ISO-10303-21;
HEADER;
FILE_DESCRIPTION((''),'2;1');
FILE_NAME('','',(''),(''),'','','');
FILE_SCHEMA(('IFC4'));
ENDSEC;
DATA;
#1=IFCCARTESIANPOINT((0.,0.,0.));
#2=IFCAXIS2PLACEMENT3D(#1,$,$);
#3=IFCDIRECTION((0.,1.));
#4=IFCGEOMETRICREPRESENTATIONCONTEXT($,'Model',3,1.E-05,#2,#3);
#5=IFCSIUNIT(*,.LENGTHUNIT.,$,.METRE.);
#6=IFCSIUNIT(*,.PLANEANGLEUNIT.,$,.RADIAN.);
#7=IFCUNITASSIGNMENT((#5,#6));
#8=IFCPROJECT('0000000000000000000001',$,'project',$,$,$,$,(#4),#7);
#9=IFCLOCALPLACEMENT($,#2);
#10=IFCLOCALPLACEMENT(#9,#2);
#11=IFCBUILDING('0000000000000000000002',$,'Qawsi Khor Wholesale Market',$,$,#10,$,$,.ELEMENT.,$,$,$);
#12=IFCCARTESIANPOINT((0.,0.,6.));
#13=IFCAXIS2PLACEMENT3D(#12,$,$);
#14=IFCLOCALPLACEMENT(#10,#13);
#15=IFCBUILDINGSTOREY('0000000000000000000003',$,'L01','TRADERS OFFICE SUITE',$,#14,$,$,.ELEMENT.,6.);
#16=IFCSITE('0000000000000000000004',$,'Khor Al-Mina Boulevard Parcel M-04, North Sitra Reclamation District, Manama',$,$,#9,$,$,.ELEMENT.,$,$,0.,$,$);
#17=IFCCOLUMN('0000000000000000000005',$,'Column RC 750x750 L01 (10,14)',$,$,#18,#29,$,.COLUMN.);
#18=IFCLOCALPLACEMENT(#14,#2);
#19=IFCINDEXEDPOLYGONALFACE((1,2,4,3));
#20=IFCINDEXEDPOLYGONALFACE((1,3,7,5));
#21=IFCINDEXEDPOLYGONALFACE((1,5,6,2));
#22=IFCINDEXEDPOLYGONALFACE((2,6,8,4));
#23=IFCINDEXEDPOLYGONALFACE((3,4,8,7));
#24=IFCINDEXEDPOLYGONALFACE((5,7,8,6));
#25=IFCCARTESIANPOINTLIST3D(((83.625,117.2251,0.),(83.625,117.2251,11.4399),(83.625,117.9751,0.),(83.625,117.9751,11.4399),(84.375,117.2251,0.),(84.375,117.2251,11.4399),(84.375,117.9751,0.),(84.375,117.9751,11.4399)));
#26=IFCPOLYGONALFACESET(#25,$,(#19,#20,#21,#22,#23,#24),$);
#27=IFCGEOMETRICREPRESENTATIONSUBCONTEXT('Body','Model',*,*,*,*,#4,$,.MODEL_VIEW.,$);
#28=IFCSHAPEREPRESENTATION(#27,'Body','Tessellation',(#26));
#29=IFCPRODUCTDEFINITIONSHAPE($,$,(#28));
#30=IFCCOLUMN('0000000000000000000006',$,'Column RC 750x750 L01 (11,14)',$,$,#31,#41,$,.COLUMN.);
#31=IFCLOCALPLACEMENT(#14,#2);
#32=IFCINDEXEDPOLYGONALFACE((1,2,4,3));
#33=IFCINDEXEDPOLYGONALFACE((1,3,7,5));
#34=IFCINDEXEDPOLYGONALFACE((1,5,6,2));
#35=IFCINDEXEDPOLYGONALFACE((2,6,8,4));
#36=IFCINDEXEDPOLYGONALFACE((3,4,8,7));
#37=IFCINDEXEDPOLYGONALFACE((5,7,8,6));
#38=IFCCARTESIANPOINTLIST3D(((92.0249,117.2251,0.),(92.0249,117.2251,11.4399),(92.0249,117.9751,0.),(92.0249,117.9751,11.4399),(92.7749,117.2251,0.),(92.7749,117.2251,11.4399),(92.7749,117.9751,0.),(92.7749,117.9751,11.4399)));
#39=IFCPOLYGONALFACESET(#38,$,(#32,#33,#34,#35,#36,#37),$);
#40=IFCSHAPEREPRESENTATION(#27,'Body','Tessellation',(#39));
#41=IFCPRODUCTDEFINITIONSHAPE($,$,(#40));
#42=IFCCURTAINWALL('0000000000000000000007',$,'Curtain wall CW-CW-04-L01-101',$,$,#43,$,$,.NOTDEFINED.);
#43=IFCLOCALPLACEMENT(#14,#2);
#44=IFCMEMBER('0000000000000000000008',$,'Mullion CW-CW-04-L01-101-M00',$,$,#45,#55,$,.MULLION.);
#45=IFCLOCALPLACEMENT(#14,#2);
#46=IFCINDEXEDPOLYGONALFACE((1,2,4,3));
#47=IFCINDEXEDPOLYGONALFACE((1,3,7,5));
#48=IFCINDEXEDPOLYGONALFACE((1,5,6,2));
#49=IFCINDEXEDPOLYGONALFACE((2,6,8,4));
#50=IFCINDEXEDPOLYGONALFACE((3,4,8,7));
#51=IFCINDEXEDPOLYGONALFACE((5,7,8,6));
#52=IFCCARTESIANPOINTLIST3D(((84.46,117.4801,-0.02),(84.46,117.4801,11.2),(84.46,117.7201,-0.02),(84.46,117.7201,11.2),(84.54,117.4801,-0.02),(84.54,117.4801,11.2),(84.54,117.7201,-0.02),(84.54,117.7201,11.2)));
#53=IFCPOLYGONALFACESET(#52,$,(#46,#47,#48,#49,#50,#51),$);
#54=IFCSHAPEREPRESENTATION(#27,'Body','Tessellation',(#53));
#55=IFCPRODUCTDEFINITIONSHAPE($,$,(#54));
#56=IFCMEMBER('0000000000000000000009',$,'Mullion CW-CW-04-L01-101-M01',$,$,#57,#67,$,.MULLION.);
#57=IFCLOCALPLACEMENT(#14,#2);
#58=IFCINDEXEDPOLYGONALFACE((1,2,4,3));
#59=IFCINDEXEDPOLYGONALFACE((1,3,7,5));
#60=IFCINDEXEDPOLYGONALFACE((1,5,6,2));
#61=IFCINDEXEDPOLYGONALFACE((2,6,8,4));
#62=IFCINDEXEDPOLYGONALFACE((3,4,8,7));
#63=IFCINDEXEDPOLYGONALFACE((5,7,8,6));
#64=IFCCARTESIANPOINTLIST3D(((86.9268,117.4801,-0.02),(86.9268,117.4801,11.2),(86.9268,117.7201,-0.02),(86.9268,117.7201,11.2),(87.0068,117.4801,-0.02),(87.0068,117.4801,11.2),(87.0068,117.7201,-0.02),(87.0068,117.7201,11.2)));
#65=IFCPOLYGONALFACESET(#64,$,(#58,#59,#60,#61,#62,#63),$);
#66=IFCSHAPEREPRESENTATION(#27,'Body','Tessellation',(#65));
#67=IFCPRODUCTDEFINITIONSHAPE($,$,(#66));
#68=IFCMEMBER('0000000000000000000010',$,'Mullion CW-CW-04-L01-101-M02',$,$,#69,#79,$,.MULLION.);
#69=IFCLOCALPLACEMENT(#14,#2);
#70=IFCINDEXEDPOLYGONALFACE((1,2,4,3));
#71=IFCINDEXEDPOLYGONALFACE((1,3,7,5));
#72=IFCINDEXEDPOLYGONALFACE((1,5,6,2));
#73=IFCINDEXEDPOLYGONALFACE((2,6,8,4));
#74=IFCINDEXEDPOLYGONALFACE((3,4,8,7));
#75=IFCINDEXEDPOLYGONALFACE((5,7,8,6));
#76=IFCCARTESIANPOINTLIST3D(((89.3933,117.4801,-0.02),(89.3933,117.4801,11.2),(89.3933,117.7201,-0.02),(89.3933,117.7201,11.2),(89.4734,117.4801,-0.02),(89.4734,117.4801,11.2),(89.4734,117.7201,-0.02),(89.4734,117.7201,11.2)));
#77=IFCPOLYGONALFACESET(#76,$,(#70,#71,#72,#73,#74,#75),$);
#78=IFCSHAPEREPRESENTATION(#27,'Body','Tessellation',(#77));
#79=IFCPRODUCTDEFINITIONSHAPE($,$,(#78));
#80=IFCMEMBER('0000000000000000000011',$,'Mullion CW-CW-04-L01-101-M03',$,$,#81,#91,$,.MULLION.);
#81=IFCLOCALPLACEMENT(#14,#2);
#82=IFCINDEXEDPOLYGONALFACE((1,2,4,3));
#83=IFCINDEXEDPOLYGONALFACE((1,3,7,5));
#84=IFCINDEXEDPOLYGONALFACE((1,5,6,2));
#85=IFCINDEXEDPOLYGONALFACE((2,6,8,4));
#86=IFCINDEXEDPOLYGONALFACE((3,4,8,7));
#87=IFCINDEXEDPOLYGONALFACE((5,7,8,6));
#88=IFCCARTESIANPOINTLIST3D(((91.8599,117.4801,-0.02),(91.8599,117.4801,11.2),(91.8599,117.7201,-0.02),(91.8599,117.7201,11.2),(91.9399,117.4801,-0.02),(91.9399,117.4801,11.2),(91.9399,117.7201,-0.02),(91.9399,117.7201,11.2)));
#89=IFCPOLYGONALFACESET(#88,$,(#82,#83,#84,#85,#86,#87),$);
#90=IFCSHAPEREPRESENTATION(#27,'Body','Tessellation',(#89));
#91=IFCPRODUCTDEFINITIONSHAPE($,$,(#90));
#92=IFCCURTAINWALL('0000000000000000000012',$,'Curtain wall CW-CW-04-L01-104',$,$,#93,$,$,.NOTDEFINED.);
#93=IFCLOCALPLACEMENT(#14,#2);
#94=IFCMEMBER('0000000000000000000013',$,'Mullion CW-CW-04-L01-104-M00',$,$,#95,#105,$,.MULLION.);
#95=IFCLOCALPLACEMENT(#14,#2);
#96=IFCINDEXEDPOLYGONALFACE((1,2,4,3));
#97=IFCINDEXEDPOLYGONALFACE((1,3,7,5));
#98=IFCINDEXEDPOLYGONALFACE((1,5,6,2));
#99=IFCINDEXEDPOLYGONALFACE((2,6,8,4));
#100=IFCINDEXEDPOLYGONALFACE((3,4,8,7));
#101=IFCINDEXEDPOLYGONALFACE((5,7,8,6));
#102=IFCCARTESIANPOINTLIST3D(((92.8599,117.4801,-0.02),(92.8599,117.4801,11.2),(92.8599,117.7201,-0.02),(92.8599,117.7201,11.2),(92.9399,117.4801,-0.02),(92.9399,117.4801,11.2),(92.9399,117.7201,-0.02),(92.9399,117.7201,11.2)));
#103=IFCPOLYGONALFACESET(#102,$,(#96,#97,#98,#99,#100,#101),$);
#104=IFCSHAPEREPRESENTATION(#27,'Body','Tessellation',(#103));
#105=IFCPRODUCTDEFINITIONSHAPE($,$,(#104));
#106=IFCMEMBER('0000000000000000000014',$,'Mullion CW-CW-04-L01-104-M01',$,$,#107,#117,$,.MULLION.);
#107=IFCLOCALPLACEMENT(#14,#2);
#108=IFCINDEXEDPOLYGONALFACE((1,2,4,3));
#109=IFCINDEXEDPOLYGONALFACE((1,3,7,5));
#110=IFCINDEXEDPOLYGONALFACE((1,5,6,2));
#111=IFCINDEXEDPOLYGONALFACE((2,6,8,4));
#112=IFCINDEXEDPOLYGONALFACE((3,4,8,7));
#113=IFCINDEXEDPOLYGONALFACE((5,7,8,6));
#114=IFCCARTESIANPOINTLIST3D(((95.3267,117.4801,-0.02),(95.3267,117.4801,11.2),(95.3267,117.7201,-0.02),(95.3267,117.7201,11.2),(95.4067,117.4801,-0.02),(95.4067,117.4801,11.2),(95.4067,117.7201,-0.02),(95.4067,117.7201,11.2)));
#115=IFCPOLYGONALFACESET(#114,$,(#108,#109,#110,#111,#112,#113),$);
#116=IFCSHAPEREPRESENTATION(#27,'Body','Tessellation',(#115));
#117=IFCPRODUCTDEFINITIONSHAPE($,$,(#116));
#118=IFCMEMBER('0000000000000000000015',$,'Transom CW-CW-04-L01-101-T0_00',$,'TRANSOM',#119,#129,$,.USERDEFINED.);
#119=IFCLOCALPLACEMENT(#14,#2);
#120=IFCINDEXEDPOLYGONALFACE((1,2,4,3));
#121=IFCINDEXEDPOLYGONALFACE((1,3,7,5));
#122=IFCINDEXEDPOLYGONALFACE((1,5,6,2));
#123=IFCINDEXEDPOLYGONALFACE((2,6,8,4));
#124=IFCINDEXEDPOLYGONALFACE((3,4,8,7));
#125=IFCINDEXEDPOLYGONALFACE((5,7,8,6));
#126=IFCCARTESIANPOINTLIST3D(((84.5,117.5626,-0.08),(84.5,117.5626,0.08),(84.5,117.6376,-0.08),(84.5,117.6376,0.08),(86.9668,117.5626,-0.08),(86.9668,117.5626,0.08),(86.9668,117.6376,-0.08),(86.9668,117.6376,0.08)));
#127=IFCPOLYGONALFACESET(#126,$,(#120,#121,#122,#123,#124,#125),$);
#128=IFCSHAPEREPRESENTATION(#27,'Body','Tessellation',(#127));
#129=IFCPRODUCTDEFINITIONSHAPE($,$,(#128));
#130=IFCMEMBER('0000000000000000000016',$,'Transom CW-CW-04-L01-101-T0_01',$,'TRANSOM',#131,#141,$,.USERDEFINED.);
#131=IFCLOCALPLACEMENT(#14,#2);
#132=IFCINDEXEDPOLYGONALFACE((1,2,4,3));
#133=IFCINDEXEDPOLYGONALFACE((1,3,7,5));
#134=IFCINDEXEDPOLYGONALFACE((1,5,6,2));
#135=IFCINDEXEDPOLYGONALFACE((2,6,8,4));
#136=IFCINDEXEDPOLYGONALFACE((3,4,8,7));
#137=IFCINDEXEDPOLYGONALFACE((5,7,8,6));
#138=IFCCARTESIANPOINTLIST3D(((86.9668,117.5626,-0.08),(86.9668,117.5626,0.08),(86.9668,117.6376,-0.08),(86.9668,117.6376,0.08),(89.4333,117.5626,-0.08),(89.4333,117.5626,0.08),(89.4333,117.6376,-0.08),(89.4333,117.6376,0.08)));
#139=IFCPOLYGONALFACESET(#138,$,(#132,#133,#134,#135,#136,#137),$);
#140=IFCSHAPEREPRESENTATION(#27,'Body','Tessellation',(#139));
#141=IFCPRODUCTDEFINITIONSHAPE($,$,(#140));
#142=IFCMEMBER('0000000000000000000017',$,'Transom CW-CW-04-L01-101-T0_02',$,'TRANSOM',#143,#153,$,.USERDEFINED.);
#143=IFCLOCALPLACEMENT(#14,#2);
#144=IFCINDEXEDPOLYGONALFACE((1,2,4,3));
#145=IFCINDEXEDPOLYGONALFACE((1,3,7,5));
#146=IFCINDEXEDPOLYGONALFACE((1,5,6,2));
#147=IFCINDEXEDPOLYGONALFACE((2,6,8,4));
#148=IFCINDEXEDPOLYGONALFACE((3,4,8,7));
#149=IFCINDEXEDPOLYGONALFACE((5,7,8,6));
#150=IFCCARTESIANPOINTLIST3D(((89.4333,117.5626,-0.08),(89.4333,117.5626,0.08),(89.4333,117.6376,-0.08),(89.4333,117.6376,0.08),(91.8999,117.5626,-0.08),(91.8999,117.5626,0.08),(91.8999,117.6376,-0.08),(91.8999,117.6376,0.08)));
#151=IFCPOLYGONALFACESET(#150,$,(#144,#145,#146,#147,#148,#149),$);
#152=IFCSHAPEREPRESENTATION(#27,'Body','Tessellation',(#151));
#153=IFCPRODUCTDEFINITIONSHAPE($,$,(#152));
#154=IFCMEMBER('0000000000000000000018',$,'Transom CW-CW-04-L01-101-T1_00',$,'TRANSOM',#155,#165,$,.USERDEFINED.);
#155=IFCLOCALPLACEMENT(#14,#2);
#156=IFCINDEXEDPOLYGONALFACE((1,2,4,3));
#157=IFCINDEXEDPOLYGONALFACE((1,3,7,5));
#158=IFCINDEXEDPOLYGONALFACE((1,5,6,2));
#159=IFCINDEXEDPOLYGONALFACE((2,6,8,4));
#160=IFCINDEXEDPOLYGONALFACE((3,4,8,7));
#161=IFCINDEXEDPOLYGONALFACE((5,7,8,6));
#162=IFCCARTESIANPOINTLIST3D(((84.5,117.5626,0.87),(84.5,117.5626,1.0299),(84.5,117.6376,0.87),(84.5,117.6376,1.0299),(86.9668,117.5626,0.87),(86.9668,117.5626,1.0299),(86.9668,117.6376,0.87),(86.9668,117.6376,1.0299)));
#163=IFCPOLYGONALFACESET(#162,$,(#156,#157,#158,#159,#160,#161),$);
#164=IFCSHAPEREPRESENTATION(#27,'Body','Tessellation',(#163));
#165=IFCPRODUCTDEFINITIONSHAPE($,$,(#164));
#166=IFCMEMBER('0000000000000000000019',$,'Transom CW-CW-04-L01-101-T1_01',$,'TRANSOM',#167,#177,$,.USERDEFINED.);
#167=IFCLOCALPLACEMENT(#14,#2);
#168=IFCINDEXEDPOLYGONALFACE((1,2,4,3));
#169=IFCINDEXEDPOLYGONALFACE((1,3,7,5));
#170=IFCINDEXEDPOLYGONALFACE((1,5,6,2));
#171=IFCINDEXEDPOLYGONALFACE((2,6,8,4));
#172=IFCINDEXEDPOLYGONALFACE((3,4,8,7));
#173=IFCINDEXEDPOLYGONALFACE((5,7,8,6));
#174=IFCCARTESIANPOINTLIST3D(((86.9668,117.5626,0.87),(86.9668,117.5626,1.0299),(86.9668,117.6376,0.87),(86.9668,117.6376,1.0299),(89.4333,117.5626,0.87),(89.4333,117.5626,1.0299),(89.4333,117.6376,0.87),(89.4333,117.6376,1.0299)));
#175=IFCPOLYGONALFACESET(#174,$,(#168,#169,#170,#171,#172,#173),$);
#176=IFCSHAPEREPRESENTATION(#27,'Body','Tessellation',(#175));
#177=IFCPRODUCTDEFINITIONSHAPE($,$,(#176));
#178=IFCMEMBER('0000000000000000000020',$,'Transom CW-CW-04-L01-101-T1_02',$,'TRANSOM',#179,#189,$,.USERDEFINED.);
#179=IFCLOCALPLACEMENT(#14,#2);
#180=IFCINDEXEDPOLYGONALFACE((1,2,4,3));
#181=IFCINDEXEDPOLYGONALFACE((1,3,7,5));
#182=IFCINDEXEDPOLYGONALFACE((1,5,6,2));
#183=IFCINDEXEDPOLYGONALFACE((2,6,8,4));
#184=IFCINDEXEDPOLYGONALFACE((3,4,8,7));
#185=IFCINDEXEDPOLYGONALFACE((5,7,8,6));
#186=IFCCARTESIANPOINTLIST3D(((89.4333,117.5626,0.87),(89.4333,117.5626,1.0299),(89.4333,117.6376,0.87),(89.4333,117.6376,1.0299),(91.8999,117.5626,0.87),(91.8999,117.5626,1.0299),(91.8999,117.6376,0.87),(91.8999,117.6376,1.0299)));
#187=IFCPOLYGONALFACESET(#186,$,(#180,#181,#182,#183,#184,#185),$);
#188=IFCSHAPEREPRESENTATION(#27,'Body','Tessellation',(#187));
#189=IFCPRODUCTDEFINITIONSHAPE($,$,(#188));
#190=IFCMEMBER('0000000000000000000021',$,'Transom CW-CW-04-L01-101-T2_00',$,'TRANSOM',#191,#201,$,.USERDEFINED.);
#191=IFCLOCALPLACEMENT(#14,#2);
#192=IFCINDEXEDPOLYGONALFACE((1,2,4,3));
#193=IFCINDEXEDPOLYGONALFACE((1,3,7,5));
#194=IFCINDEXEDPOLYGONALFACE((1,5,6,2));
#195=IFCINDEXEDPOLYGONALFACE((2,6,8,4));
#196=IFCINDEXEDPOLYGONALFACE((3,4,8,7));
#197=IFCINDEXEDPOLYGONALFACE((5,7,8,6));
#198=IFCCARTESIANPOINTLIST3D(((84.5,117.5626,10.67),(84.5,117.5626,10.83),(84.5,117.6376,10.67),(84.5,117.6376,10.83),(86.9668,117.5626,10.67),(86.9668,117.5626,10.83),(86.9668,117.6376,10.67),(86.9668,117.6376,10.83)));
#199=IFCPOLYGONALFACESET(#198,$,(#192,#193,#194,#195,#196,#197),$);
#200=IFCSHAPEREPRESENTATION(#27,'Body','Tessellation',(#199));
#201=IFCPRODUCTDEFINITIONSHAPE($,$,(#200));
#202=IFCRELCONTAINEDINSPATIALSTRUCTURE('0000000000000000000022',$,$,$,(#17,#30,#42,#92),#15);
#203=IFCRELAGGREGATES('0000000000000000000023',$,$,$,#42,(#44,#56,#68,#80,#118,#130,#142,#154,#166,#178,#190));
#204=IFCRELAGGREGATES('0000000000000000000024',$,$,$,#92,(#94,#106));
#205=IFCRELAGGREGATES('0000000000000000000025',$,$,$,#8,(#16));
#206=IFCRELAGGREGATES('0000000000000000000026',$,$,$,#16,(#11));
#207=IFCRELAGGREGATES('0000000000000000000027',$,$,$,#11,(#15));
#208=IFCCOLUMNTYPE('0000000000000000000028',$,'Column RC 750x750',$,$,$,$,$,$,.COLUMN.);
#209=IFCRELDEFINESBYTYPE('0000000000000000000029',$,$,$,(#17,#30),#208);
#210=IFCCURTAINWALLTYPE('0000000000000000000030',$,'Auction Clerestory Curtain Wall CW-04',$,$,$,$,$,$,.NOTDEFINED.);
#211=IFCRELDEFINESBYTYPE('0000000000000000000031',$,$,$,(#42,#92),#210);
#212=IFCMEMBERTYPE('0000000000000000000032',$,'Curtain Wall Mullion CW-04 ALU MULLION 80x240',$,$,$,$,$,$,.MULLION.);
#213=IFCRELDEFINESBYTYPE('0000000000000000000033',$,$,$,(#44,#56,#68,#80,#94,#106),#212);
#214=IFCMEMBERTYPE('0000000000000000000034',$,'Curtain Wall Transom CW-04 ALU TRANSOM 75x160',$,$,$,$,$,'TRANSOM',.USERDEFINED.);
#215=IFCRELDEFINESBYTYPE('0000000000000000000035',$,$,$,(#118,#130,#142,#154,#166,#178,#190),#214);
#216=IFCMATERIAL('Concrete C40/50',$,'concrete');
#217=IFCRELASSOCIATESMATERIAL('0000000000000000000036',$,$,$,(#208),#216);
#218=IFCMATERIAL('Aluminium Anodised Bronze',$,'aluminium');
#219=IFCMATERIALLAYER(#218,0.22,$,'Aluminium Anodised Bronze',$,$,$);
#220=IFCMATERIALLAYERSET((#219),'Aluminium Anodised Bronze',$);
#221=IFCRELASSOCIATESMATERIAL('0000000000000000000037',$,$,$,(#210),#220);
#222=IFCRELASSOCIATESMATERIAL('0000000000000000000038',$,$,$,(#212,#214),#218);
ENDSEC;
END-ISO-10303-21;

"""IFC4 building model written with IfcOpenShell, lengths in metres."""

from ifc_helpers import new_model, si_unit, direction, frame, origin, origin_2d, place, context, subcontext, project, spatial, rectangle, extrude, material, layer, layer_set, material_profile, profile_set, type_object, element, aggregate, save


model = new_model("IFC4")

# Units and contexts
model_context = context("Model", 3, precision=1e-05, world=origin(), true_north=direction((0.0, 1.0)))
body_context = subcontext(model_context, "Body", "Model", "MODEL_VIEW")
ifc_project = project(units=[si_unit("LENGTHUNIT", "METRE"), si_unit("PLANEANGLEUNIT", "RADIAN")], contexts=[model_context])

# Site, building, storey
site_placement = place(None, origin())
site = spatial("IfcSite", under=ifc_project, at=site_placement, Name="Khor Al-Mina Boulevard Parcel M-04, North Sitra Reclamation District, Manama", CompositionType="ELEMENT", RefElevation=0.0)
building_placement = place(site_placement, origin())
building = spatial("IfcBuilding", under=site, at=building_placement, Name="Qawsi Khor Wholesale Market", CompositionType="ELEMENT")
storey_placement = place(building_placement, frame((0.0, 0.0, 6.0)))
storey = spatial("IfcBuildingStorey", under=building, at=storey_placement, Name="L01", Description="TRADERS OFFICE SUITE", CompositionType="ELEMENT", Elevation=6.0)

# Columns
ifc_material_1 = material(Name="Concrete C40/50", Category="concrete")
ifc_material_profile_1 = material_profile(ifc_material_1, rectangle(XDim=0.75, YDim=0.75, at=origin_2d()), Name="RC 750x750")
ifc_profile_set_1 = profile_set([ifc_material_profile_1], Name="Concrete C40/50")
column_type = type_object("IfcColumnType", Name="Column RC 750x750", PredefinedType="COLUMN", material=ifc_profile_set_1)
for number, where, z_axis, x_axis, name in (
    (1, (84.0, 117.6001, 0.0), (0.0, 0.0, 1.0), (1.0, 0.0, 0.0), "Column RC 750x750 L01 (10,14)"),
    (2, (92.3999, 117.6001, 0.0), (0.0, 0.0, 1.0), (1.0, 0.0, 0.0), "Column RC 750x750 L01 (11,14)"),
):
    element("IfcColumn", number, at=place(storey_placement, frame(where, z_axis=z_axis, x_axis=x_axis)), inside=storey, type_object=column_type, Name=name, PredefinedType="COLUMN", context=body_context, shape_type="SweptSolid", body=[
        extrude(rectangle(XDim=0.75, YDim=0.75, at=origin_2d()), origin(), (0.0, 0.0, 1.0), 11.4399),
    ])

# Curtain walls, members
ifc_material_2 = material(Name="Aluminium Anodised Bronze", Category="aluminium")
ifc_layer_1 = layer(ifc_material_2, 0.22, Name="Aluminium Anodised Bronze")
ifc_layer_set_1 = layer_set([ifc_layer_1], Name="Aluminium Anodised Bronze")
curtain_wall_type = type_object("IfcCurtainWallType", Name="Auction Clerestory Curtain Wall CW-04", PredefinedType="NOTDEFINED", material=ifc_layer_set_1)
curtain_wall_1_placement = place(storey_placement, origin())
curtain_wall_1 = element("IfcCurtainWall", 3, at=curtain_wall_1_placement, inside=storey, type_object=curtain_wall_type, Name="Curtain wall CW-CW-04-L01-101", PredefinedType="NOTDEFINED")
ifc_material_profile_2 = material_profile(ifc_material_2, rectangle(XDim=0.0801, YDim=0.24, at=origin_2d()), Name="ALU MULLION 80x240")
ifc_profile_set_2 = profile_set([ifc_material_profile_2], Name="Aluminium Anodised Bronze")
member_type_1 = type_object("IfcMemberType", Name="Curtain Wall Mullion CW-04 ALU MULLION 80x240", PredefinedType="MULLION", material=ifc_profile_set_2)
member_1_placement = place(storey_placement, frame((84.5, 117.6001, -0.02), z_axis=(0.0, 0.0, 1.0), x_axis=(1.0, 0.0, 0.0)))
member_1 = element("IfcMember", 4, at=member_1_placement, type_object=member_type_1, Name="Mullion CW-CW-04-L01-101-M00", PredefinedType="MULLION", context=body_context, shape_type="SweptSolid", body=[
    extrude(rectangle(XDim=0.0801, YDim=0.24, at=origin_2d()), origin(), (0.0, 0.0, 1.0), 11.22),
])
member_2_placement = place(storey_placement, frame((86.9668, 117.6001, -0.02), z_axis=(0.0, 0.0, 1.0), x_axis=(1.0, 0.0, 0.0)))
member_2 = element("IfcMember", 5, at=member_2_placement, type_object=member_type_1, Name="Mullion CW-CW-04-L01-101-M01", PredefinedType="MULLION", context=body_context, shape_type="SweptSolid", body=[
    extrude(rectangle(XDim=0.0801, YDim=0.24, at=origin_2d()), origin(), (0.0, 0.0, 1.0), 11.22),
])
member_3_placement = place(storey_placement, frame((89.4333, 117.6001, -0.02), z_axis=(0.0, 0.0, 1.0), x_axis=(1.0, 0.0, 0.0)))
member_3 = element("IfcMember", 6, at=member_3_placement, type_object=member_type_1, Name="Mullion CW-CW-04-L01-101-M02", PredefinedType="MULLION", context=body_context, shape_type="SweptSolid", body=[
    extrude(rectangle(XDim=0.0801, YDim=0.24, at=origin_2d()), origin(), (0.0, 0.0, 1.0), 11.22),
])
member_4_placement = place(storey_placement, frame((91.8999, 117.6001, -0.02), z_axis=(0.0, 0.0, 1.0), x_axis=(1.0, 0.0, 0.0)))
member_4 = element("IfcMember", 7, at=member_4_placement, type_object=member_type_1, Name="Mullion CW-CW-04-L01-101-M03", PredefinedType="MULLION", context=body_context, shape_type="SweptSolid", body=[
    extrude(rectangle(XDim=0.0801, YDim=0.24, at=origin_2d()), origin(), (0.0, 0.0, 1.0), 11.22),
])
curtain_wall_2_placement = place(storey_placement, origin())
curtain_wall_2 = element("IfcCurtainWall", 8, at=curtain_wall_2_placement, inside=storey, type_object=curtain_wall_type, Name="Curtain wall CW-CW-04-L01-104", PredefinedType="NOTDEFINED")
member_5_placement = place(storey_placement, frame((92.8999, 117.6001, -0.02), z_axis=(0.0, 0.0, 1.0), x_axis=(1.0, 0.0, 0.0)))
member_5 = element("IfcMember", 9, at=member_5_placement, type_object=member_type_1, Name="Mullion CW-CW-04-L01-104-M00", PredefinedType="MULLION", context=body_context, shape_type="SweptSolid", body=[
    extrude(rectangle(XDim=0.0801, YDim=0.24, at=origin_2d()), origin(), (0.0, 0.0, 1.0), 11.22),
])
member_6_placement = place(storey_placement, frame((95.3667, 117.6001, -0.02), z_axis=(0.0, 0.0, 1.0), x_axis=(1.0, 0.0, 0.0)))
member_6 = element("IfcMember", 10, at=member_6_placement, type_object=member_type_1, Name="Mullion CW-CW-04-L01-104-M01", PredefinedType="MULLION", context=body_context, shape_type="SweptSolid", body=[
    extrude(rectangle(XDim=0.0801, YDim=0.24, at=origin_2d()), origin(), (0.0, 0.0, 1.0), 11.22),
])

# Members
ifc_material_profile_3 = material_profile(ifc_material_2, rectangle(XDim=0.075, YDim=0.1599, at=origin_2d()), Name="ALU TRANSOM 75x160")
ifc_profile_set_3 = profile_set([ifc_material_profile_3], Name="Aluminium Anodised Bronze")
member_type_2 = type_object("IfcMemberType", Name="Curtain Wall Transom CW-04 ALU TRANSOM 75x160", ElementType="TRANSOM", PredefinedType="USERDEFINED", material=ifc_profile_set_3)
member_7_placement = place(storey_placement, frame((84.5, 117.6001, 0.0), z_axis=(1.0, 0.0, 0.0), x_axis=(0.0, 1.0, 0.0)))
member_7 = element("IfcMember", 11, at=member_7_placement, type_object=member_type_2, Name="Transom CW-CW-04-L01-101-T0_00", ObjectType="TRANSOM", PredefinedType="USERDEFINED", context=body_context, shape_type="SweptSolid", body=[
    extrude(rectangle(XDim=0.075, YDim=0.1599, at=origin_2d()), origin(), (0.0, 0.0, 1.0), 2.4668),
])
member_8_placement = place(storey_placement, frame((86.9668, 117.6001, 0.0), z_axis=(1.0, 0.0, 0.0), x_axis=(0.0, 1.0, 0.0)))
member_8 = element("IfcMember", 12, at=member_8_placement, type_object=member_type_2, Name="Transom CW-CW-04-L01-101-T0_01", ObjectType="TRANSOM", PredefinedType="USERDEFINED", context=body_context, shape_type="SweptSolid", body=[
    extrude(rectangle(XDim=0.075, YDim=0.1599, at=origin_2d()), origin(), (0.0, 0.0, 1.0), 2.4666),
])
member_9_placement = place(storey_placement, frame((89.4333, 117.6001, 0.0), z_axis=(1.0, 0.0, 0.0), x_axis=(0.0, 1.0, 0.0)))
member_9 = element("IfcMember", 13, at=member_9_placement, type_object=member_type_2, Name="Transom CW-CW-04-L01-101-T0_02", ObjectType="TRANSOM", PredefinedType="USERDEFINED", context=body_context, shape_type="SweptSolid", body=[
    extrude(rectangle(XDim=0.075, YDim=0.1599, at=origin_2d()), origin(), (0.0, 0.0, 1.0), 2.4666),
])
member_10_placement = place(storey_placement, frame((84.5, 117.6001, 0.95), z_axis=(1.0, 0.0, 0.0), x_axis=(0.0, 1.0, 0.0)))
member_10 = element("IfcMember", 14, at=member_10_placement, type_object=member_type_2, Name="Transom CW-CW-04-L01-101-T1_00", ObjectType="TRANSOM", PredefinedType="USERDEFINED", context=body_context, shape_type="SweptSolid", body=[
    extrude(rectangle(XDim=0.075, YDim=0.1599, at=origin_2d()), origin(), (0.0, 0.0, 1.0), 2.4668),
])
member_11_placement = place(storey_placement, frame((86.9668, 117.6001, 0.95), z_axis=(1.0, 0.0, 0.0), x_axis=(0.0, 1.0, 0.0)))
member_11 = element("IfcMember", 15, at=member_11_placement, type_object=member_type_2, Name="Transom CW-CW-04-L01-101-T1_01", ObjectType="TRANSOM", PredefinedType="USERDEFINED", context=body_context, shape_type="SweptSolid", body=[
    extrude(rectangle(XDim=0.075, YDim=0.1599, at=origin_2d()), origin(), (0.0, 0.0, 1.0), 2.4666),
])
member_12_placement = place(storey_placement, frame((89.4333, 117.6001, 0.95), z_axis=(1.0, 0.0, 0.0), x_axis=(0.0, 1.0, 0.0)))
member_12 = element("IfcMember", 16, at=member_12_placement, type_object=member_type_2, Name="Transom CW-CW-04-L01-101-T1_02", ObjectType="TRANSOM", PredefinedType="USERDEFINED", context=body_context, shape_type="SweptSolid", body=[
    extrude(rectangle(XDim=0.075, YDim=0.1599, at=origin_2d()), origin(), (0.0, 0.0, 1.0), 2.4666),
])
member_13_placement = place(storey_placement, frame((84.5, 117.6001, 10.75), z_axis=(1.0, 0.0, 0.0), x_axis=(0.0, 1.0, 0.0)))
member_13 = element("IfcMember", 17, at=member_13_placement, type_object=member_type_2, Name="Transom CW-CW-04-L01-101-T2_00", ObjectType="TRANSOM", PredefinedType="USERDEFINED", context=body_context, shape_type="SweptSolid", body=[
    extrude(rectangle(XDim=0.075, YDim=0.1599, at=origin_2d()), origin(), (0.0, 0.0, 1.0), 2.4668),
])

aggregate(curtain_wall_1, [member_1, member_2, member_3, member_4, member_7, member_8, member_9, member_10, member_11, member_12, member_13])
aggregate(curtain_wall_2, [member_5, member_6])

save(model, "model.ifc")
